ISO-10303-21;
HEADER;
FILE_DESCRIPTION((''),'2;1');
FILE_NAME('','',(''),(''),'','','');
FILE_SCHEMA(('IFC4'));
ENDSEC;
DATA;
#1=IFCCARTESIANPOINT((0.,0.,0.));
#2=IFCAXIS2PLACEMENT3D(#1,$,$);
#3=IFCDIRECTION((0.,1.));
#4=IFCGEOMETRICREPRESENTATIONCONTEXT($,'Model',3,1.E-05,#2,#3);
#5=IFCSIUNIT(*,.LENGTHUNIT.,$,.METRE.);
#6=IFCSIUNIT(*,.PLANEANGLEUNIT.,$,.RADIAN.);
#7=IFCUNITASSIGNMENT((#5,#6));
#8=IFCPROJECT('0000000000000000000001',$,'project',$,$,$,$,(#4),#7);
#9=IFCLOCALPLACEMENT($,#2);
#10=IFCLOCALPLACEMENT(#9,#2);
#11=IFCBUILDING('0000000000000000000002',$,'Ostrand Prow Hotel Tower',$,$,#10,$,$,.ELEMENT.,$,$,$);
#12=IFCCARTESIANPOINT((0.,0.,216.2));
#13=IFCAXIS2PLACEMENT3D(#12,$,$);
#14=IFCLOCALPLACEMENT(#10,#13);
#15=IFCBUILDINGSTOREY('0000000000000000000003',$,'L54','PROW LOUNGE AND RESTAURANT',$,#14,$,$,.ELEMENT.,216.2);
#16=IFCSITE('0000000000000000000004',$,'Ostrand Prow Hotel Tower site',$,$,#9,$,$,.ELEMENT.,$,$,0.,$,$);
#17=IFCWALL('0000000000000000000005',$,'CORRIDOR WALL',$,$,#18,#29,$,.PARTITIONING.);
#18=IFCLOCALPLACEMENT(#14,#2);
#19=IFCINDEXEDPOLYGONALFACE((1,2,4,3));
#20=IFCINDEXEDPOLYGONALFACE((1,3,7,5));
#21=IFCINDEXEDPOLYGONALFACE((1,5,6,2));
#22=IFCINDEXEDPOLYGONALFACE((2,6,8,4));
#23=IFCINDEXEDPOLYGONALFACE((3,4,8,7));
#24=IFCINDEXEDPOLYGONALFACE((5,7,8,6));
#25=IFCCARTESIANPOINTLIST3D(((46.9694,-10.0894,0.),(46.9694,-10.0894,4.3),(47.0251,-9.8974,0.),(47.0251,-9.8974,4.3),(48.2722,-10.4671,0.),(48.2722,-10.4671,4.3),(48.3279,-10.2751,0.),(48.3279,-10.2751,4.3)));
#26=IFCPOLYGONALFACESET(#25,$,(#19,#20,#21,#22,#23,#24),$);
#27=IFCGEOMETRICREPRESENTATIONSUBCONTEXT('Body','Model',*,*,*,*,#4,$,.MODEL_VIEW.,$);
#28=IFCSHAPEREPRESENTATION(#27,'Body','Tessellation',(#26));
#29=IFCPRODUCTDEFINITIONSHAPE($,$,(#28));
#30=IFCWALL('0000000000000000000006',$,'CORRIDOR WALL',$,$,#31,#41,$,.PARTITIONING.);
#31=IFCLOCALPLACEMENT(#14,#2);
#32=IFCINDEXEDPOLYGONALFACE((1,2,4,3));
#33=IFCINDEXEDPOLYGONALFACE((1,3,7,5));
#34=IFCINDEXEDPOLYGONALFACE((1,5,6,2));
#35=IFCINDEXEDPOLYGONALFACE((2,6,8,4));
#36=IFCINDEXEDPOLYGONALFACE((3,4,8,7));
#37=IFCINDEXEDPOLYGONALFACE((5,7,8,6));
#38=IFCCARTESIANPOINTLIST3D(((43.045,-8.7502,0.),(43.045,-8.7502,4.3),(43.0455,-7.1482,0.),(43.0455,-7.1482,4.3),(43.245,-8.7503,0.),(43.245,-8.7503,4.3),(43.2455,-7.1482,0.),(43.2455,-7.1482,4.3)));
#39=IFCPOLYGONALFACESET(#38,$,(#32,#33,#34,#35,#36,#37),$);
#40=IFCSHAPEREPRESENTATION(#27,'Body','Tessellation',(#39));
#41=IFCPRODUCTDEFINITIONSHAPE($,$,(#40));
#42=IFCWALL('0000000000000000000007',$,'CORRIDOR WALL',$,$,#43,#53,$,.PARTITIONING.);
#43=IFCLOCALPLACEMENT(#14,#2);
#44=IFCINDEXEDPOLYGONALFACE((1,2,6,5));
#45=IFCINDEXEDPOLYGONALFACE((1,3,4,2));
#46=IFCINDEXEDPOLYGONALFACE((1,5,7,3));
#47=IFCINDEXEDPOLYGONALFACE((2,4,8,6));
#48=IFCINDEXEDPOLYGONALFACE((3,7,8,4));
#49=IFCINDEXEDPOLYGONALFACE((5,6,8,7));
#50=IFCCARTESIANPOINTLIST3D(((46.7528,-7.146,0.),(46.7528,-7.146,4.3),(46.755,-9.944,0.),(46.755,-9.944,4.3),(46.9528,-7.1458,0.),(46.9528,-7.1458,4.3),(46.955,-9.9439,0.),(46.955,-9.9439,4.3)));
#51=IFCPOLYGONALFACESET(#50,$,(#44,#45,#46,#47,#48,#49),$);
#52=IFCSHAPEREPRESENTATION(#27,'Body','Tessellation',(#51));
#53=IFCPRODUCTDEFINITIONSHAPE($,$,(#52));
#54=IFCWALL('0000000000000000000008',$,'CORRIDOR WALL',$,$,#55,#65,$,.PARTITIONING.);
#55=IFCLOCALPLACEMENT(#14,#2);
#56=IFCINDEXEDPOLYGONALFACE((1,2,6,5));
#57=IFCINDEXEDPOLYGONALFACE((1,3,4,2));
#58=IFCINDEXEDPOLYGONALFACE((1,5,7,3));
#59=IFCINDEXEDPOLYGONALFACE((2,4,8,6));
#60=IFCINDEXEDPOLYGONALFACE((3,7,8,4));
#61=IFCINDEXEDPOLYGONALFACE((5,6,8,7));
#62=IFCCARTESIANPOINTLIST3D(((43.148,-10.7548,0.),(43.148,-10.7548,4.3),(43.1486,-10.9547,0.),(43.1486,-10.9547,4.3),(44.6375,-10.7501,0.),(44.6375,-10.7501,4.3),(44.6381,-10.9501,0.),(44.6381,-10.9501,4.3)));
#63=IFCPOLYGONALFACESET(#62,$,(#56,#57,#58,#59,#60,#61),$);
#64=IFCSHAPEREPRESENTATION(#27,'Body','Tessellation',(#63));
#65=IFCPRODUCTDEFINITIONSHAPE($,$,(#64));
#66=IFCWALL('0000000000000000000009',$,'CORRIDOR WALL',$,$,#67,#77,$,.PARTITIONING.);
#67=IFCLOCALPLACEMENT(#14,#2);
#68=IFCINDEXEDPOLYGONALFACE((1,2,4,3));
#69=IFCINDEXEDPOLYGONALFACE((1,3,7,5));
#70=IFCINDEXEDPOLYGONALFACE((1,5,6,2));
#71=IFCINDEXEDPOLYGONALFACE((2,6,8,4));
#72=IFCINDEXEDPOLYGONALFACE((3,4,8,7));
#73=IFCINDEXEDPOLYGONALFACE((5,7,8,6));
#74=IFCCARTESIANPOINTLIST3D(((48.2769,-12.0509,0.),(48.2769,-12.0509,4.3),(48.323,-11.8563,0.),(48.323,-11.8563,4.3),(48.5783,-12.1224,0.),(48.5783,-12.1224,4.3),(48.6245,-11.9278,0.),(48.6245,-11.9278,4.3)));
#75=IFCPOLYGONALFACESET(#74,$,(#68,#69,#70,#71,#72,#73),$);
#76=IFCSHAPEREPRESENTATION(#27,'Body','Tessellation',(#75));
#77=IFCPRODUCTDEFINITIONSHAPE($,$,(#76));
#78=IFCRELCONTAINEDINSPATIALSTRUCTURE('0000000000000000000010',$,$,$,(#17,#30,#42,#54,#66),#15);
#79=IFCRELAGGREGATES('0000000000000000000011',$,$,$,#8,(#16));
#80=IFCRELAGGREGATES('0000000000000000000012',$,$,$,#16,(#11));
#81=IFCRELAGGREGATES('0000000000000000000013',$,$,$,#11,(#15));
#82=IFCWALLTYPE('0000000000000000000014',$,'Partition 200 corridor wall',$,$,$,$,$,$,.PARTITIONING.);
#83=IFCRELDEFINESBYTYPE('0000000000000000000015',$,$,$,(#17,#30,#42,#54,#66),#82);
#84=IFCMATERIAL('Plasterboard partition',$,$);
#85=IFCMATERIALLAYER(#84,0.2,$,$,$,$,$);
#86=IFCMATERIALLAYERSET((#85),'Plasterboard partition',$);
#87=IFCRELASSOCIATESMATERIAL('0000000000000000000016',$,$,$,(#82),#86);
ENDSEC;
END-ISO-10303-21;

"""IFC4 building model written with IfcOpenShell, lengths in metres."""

from ifc_helpers import new_model, si_unit, direction, frame, frame_2d, origin, place, context, subcontext, project, spatial, rectangle, extrude, material, layer, layer_set, type_object, element, save


model = new_model("IFC4")

# Units and contexts
model_context = context("Model", 3, precision=1e-05, world=origin(), true_north=direction((0.0, 1.0)))
body_context = subcontext(model_context, "Body", "Model", "MODEL_VIEW")
ifc_project = project(units=[si_unit("LENGTHUNIT", "METRE"), si_unit("PLANEANGLEUNIT", "RADIAN")], contexts=[model_context])

# Site, building, storey
site_placement = place(None, origin())
site = spatial("IfcSite", under=ifc_project, at=site_placement, Name="Ostrand Prow Hotel Tower site", CompositionType="ELEMENT", RefElevation=0.0)
building_placement = place(site_placement, origin())
building = spatial("IfcBuilding", under=site, at=building_placement, Name="Ostrand Prow Hotel Tower", CompositionType="ELEMENT")
storey_placement = place(building_placement, frame((0.0, 0.0, 216.2)))
storey = spatial("IfcBuildingStorey", under=building, at=storey_placement, Name="L54", Description="PROW LOUNGE AND RESTAURANT", CompositionType="ELEMENT", Elevation=216.2)

# Shared definitions
ifc_material_1 = material(Name="Plasterboard partition")
ifc_layer_1 = layer(ifc_material_1, 0.2)
ifc_layer_set_1 = layer_set([ifc_layer_1], Name="Plasterboard partition")
wall_type_1 = type_object("IfcWallType", Name="Partition 200 corridor wall", PredefinedType="PARTITIONING", material=ifc_layer_set_1)

# Walls
wall_1_placement = place(storey_placement, frame((48.3, -10.3711, 0.0), z_axis=(0.0, 0.0, 1.0), x_axis=(-0.96045, 0.278451, 0.0)))
element("IfcWall", 1, at=wall_1_placement, inside=storey, type_object=wall_type_1, Name="CORRIDOR WALL", PredefinedType="PARTITIONING", context=body_context, shape_type="SweptSolid", body=[
    extrude(rectangle(XDim=1.3564, YDim=0.2, at=frame_2d((0.6782, 0.0))), origin(), (0.0, 0.0, 1.0), 4.3),
])
wall_2_placement = place(storey_placement, frame((43.1455, -7.1482, 0.0), z_axis=(0.0, 0.0, 1.0), x_axis=(-0.000305, -1.0, 0.0)))
element("IfcWall", 2, at=wall_2_placement, inside=storey, type_object=wall_type_1, Name="CORRIDOR WALL", PredefinedType="PARTITIONING", context=body_context, shape_type="SweptSolid", body=[
    extrude(rectangle(XDim=1.6021, YDim=0.2, at=frame_2d((0.801, 0.0))), origin(), (0.0, 0.0, 1.0), 4.3),
])
wall_3_placement = place(storey_placement, frame((46.855, -9.9438, 0.0), z_axis=(0.0, 0.0, 1.0), x_axis=(-0.000785, 1.0, 0.0)))
element("IfcWall", 3, at=wall_3_placement, inside=storey, type_object=wall_type_1, Name="CORRIDOR WALL", PredefinedType="PARTITIONING", context=body_context, shape_type="SweptSolid", body=[
    extrude(rectangle(XDim=2.7981, YDim=0.2, at=frame_2d((1.3989, 0.0))), origin(), (0.0, 0.0, 1.0), 4.3),
])
wall_4_placement = place(storey_placement, frame((43.1484, -10.8547, 0.0), z_axis=(0.0, 0.0, 1.0), x_axis=(0.999995, 0.003114, 0.0)))
element("IfcWall", 4, at=wall_4_placement, inside=storey, type_object=wall_type_1, Name="CORRIDOR WALL", PredefinedType="PARTITIONING", context=body_context, shape_type="SweptSolid", body=[
    extrude(rectangle(XDim=1.4895, YDim=0.2, at=frame_2d((0.7446, 0.0))), origin(), (0.0, 0.0, 1.0), 4.3),
])
wall_5_placement = place(storey_placement, frame((48.3, -11.9536, 0.0), z_axis=(0.0, 0.0, 1.0), x_axis=(0.972992, -0.230839, 0.0)))
element("IfcWall", 5, at=wall_5_placement, inside=storey, type_object=wall_type_1, Name="CORRIDOR WALL", PredefinedType="PARTITIONING", context=body_context, shape_type="SweptSolid", body=[
    extrude(rectangle(XDim=0.3098, YDim=0.2, at=frame_2d((0.1548, 0.0))), origin(), (0.0, 0.0, 1.0), 4.3),
])

save(model, "model.ifc")
